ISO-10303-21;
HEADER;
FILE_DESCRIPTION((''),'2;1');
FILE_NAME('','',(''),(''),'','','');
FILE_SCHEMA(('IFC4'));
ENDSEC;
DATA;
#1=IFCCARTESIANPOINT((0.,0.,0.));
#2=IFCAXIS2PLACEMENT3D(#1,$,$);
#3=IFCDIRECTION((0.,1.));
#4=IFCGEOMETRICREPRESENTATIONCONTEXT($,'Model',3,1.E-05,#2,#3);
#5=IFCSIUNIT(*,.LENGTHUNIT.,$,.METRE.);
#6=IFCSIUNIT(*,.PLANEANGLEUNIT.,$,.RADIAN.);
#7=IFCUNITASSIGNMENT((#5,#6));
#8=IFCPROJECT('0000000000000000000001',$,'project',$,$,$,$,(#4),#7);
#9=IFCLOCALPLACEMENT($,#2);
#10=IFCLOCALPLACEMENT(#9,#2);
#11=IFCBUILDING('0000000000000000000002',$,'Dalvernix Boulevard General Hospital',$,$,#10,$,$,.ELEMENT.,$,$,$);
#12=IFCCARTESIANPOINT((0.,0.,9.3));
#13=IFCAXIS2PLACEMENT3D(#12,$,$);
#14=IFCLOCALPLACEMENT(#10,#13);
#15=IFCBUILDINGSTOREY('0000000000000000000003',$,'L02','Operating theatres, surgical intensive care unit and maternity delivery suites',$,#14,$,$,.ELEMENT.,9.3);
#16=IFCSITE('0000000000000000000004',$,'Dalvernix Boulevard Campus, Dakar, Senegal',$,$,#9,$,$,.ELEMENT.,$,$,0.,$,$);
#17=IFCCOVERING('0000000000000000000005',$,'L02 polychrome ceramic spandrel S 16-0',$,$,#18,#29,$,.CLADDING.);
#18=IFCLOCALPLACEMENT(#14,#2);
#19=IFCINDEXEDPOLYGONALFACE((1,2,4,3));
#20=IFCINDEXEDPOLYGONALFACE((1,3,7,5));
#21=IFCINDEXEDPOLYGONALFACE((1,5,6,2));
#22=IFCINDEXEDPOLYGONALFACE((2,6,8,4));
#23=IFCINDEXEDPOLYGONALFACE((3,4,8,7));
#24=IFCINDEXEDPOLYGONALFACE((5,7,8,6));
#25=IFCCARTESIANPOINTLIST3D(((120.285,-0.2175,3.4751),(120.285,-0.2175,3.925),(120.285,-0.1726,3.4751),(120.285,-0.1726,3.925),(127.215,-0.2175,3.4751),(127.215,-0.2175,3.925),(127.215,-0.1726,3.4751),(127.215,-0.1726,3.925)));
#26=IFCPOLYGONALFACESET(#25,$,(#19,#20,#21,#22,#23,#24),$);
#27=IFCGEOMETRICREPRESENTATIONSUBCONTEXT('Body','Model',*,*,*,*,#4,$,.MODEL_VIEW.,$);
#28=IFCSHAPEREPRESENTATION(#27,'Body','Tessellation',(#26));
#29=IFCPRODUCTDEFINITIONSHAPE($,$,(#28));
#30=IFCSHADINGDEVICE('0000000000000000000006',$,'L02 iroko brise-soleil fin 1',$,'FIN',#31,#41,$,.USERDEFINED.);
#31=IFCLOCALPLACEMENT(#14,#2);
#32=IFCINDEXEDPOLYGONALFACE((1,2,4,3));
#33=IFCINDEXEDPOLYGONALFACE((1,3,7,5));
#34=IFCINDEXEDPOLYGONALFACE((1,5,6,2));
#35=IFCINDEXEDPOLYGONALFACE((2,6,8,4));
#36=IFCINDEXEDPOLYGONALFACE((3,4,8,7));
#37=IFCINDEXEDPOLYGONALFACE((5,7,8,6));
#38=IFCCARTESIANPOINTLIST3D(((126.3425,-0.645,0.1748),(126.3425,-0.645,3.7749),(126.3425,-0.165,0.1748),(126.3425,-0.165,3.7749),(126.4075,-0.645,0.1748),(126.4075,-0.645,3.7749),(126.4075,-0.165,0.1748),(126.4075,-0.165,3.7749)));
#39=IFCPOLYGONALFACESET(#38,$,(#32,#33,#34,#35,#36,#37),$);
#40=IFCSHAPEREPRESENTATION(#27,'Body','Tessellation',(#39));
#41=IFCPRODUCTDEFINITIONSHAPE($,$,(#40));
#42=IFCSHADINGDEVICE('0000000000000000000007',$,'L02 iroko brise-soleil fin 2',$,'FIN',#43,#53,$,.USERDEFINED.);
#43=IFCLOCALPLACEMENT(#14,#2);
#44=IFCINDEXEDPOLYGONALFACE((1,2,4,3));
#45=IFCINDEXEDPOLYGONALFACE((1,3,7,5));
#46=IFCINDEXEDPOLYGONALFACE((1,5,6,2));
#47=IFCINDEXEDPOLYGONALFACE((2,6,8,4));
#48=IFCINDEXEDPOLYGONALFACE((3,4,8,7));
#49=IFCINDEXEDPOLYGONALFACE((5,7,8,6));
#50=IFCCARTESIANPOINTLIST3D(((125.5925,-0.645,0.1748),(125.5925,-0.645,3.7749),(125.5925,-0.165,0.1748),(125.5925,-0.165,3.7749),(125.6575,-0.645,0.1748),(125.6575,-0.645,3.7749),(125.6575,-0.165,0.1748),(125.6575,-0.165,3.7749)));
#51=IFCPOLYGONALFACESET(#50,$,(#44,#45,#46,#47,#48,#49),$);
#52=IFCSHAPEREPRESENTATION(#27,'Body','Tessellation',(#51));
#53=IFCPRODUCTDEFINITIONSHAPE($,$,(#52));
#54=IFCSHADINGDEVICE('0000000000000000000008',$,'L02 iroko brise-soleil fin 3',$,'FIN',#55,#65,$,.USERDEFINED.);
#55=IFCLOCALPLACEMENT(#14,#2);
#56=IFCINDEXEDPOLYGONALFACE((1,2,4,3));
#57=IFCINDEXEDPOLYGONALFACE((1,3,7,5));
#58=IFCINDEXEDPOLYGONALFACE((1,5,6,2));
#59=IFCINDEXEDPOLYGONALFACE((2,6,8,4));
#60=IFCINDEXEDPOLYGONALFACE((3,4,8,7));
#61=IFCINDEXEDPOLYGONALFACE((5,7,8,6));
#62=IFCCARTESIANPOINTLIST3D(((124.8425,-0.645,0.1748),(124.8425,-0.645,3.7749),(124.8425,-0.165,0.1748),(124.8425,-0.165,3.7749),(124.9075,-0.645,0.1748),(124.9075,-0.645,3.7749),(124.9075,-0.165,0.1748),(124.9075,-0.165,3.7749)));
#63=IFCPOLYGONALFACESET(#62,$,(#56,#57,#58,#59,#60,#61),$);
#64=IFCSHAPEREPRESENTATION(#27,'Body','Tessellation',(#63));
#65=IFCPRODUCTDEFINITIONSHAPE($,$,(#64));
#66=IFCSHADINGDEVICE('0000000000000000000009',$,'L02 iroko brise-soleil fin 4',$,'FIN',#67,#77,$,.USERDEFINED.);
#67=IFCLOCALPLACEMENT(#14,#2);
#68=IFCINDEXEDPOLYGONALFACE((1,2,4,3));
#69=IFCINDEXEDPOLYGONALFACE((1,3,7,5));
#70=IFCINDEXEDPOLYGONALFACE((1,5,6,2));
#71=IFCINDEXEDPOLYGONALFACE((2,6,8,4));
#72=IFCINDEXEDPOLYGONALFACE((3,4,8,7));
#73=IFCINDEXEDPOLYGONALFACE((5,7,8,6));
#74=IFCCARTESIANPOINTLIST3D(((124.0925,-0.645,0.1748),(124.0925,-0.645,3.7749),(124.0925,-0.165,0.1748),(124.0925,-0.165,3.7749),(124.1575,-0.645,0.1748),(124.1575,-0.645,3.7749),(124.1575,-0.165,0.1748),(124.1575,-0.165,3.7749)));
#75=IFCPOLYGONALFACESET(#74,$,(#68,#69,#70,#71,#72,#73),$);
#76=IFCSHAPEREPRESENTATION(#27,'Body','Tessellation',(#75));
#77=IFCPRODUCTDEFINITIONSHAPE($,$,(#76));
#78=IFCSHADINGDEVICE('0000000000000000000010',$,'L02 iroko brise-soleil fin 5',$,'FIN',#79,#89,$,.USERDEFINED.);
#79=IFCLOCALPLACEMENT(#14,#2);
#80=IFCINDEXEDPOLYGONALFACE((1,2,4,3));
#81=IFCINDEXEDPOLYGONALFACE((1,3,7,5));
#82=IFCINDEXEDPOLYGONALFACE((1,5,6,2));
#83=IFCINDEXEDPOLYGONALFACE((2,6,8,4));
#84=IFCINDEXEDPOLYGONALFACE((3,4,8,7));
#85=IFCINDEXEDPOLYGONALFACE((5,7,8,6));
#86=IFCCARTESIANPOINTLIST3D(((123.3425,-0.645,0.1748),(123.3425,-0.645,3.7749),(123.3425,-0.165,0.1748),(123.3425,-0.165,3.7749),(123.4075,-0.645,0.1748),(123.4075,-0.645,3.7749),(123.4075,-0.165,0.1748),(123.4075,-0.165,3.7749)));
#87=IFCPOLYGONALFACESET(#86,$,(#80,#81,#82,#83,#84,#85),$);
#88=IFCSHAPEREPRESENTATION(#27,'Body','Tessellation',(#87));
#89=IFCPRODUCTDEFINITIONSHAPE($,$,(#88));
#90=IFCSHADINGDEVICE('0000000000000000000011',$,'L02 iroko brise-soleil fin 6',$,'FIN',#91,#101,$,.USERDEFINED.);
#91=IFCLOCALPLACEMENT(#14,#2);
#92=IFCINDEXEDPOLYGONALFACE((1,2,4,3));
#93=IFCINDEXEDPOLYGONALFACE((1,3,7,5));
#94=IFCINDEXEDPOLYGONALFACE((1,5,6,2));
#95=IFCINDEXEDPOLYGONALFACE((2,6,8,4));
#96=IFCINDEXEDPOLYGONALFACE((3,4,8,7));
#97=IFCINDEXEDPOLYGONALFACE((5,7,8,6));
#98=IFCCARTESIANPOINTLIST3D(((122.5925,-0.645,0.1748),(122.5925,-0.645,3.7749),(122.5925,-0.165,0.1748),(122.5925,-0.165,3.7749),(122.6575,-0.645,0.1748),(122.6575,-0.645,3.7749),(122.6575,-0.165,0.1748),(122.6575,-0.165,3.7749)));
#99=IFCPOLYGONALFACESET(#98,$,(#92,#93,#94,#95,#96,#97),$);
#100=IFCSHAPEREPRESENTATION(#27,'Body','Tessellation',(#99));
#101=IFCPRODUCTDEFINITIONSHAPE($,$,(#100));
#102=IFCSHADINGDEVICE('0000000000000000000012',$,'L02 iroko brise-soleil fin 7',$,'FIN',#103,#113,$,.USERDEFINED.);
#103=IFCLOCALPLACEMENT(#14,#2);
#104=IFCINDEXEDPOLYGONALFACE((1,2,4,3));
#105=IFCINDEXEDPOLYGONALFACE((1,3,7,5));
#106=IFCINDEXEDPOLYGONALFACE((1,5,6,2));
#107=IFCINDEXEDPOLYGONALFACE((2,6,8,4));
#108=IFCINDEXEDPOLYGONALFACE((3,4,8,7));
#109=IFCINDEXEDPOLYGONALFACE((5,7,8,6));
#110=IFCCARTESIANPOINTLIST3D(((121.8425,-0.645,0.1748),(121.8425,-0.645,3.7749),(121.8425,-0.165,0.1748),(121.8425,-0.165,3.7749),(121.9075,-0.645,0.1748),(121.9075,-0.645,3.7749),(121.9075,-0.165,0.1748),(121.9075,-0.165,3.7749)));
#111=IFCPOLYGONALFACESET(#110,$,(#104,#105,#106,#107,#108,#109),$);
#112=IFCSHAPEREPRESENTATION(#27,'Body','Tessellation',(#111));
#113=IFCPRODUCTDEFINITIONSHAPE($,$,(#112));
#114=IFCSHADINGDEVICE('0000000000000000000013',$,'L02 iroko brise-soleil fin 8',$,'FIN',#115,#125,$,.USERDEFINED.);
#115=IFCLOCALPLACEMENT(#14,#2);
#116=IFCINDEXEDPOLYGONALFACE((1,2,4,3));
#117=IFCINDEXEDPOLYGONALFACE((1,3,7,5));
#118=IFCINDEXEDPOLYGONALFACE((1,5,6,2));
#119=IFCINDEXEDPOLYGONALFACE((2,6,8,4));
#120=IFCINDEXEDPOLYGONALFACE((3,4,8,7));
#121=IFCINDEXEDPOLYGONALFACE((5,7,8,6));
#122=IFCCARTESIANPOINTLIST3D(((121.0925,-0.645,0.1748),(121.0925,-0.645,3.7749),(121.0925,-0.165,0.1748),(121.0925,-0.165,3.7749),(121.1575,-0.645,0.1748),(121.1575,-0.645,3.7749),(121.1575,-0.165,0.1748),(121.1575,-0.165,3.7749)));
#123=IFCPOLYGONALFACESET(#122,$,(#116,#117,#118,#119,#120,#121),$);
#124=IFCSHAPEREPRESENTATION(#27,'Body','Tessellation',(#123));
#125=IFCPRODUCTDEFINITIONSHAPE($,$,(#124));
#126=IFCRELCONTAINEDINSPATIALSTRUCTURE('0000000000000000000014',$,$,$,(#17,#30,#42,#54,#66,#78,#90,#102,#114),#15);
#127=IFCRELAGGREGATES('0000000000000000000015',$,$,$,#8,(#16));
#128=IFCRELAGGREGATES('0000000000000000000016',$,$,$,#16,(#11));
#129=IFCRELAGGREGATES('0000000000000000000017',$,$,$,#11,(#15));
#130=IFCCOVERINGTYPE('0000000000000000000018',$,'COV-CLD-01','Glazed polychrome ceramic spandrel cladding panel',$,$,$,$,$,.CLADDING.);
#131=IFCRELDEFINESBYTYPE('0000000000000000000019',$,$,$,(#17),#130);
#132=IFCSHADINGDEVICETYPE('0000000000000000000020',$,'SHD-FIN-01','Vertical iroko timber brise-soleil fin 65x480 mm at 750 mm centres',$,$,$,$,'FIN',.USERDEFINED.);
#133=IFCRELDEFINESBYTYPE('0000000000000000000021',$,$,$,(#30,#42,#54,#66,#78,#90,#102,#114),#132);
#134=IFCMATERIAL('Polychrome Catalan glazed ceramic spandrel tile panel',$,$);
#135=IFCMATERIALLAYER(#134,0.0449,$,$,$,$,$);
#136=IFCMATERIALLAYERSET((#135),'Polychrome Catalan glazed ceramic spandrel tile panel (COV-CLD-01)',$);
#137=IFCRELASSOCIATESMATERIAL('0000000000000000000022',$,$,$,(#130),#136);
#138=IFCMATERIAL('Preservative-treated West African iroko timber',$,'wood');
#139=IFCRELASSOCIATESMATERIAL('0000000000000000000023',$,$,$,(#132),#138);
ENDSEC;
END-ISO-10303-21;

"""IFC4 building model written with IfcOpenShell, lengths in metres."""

from ifc_helpers import new_model, si_unit, direction, frame, origin, origin_2d, place, context, subcontext, project, spatial, rectangle, extrude, material, layer, layer_set, type_object, element, save


model = new_model("IFC4")

# Units and contexts
model_context = context("Model", 3, precision=1e-05, world=origin(), true_north=direction((0.0, 1.0)))
body_context = subcontext(model_context, "Body", "Model", "MODEL_VIEW")
ifc_project = project(units=[si_unit("LENGTHUNIT", "METRE"), si_unit("PLANEANGLEUNIT", "RADIAN")], contexts=[model_context])

# Site, building, storey
site_placement = place(None, origin())
site = spatial("IfcSite", under=ifc_project, at=site_placement, Name="Dalvernix Boulevard Campus, Dakar, Senegal", CompositionType="ELEMENT", RefElevation=0.0)
building_placement = place(site_placement, origin())
building = spatial("IfcBuilding", under=site, at=building_placement, Name="Dalvernix Boulevard General Hospital", CompositionType="ELEMENT")
storey_placement = place(building_placement, frame((0.0, 0.0, 9.3)))
storey = spatial("IfcBuildingStorey", under=building, at=storey_placement, Name="L02", Description="Operating theatres, surgical intensive care unit and maternity delivery suites", CompositionType="ELEMENT", Elevation=9.3)

# Covering
ifc_material_1 = material(Name="Polychrome Catalan glazed ceramic spandrel tile panel")
ifc_layer_1 = layer(ifc_material_1, 0.0449)
ifc_layer_set_1 = layer_set([ifc_layer_1], Name="Polychrome Catalan glazed ceramic spandrel tile panel (COV-CLD-01)")
covering_type_1 = type_object("IfcCoveringType", Name="COV-CLD-01", Description="Glazed polychrome ceramic spandrel cladding panel", PredefinedType="CLADDING", material=ifc_layer_set_1)
covering_1_placement = place(storey_placement, frame((123.75, -0.1951, 3.4751), z_axis=(0.0, 0.0, 1.0), x_axis=(-1.0, 0.0, 0.0)))
element("IfcCovering", 1, at=covering_1_placement, inside=storey, type_object=covering_type_1, Name="L02 polychrome ceramic spandrel S 16-0", PredefinedType="CLADDING", context=body_context, shape_type="SweptSolid", body=[
    extrude(rectangle(XDim=6.9299, YDim=0.0449, at=origin_2d()), origin(), (0.0, 0.0, 1.0), 0.45),
])

# Shading devices
ifc_material_2 = material(Name="Preservative-treated West African iroko timber", Category="wood")
shading_device_type = type_object("IfcShadingDeviceType", Name="SHD-FIN-01", Description="Vertical iroko timber brise-soleil fin 65x480 mm at 750 mm centres", ElementType="FIN", PredefinedType="USERDEFINED", material=ifc_material_2)
for number, where, z_axis, x_axis, name in (
    (2, (126.375, -0.405, 0.1748), (0.0, 0.0, 1.0), (-1.0, 0.0, 0.0), "L02 iroko brise-soleil fin 1"),
    (3, (125.625, -0.405, 0.1748), (0.0, 0.0, 1.0), (-1.0, 0.0, 0.0), "L02 iroko brise-soleil fin 2"),
    (4, (124.875, -0.405, 0.1748), (0.0, 0.0, 1.0), (-1.0, 0.0, 0.0), "L02 iroko brise-soleil fin 3"),
    (5, (124.125, -0.405, 0.1748), (0.0, 0.0, 1.0), (-1.0, 0.0, 0.0), "L02 iroko brise-soleil fin 4"),
    (6, (123.375, -0.405, 0.1748), (0.0, 0.0, 1.0), (-1.0, 0.0, 0.0), "L02 iroko brise-soleil fin 5"),
    (7, (122.625, -0.405, 0.1748), (0.0, 0.0, 1.0), (-1.0, 0.0, 0.0), "L02 iroko brise-soleil fin 6"),
    (8, (121.875, -0.405, 0.1748), (0.0, 0.0, 1.0), (-1.0, 0.0, 0.0), "L02 iroko brise-soleil fin 7"),
    (9, (121.125, -0.405, 0.1748), (0.0, 0.0, 1.0), (-1.0, 0.0, 0.0), "L02 iroko brise-soleil fin 8"),
):
    element("IfcShadingDevice", number, at=place(storey_placement, frame(where, z_axis=z_axis, x_axis=x_axis)), inside=storey, type_object=shading_device_type, Name=name, ObjectType="FIN", PredefinedType="USERDEFINED", context=body_context, shape_type="SweptSolid", body=[
        extrude(rectangle(XDim=0.0649, YDim=0.48, at=origin_2d()), origin(), (0.0, 0.0, 1.0), 3.6001),
    ])

save(model, "model.ifc")
